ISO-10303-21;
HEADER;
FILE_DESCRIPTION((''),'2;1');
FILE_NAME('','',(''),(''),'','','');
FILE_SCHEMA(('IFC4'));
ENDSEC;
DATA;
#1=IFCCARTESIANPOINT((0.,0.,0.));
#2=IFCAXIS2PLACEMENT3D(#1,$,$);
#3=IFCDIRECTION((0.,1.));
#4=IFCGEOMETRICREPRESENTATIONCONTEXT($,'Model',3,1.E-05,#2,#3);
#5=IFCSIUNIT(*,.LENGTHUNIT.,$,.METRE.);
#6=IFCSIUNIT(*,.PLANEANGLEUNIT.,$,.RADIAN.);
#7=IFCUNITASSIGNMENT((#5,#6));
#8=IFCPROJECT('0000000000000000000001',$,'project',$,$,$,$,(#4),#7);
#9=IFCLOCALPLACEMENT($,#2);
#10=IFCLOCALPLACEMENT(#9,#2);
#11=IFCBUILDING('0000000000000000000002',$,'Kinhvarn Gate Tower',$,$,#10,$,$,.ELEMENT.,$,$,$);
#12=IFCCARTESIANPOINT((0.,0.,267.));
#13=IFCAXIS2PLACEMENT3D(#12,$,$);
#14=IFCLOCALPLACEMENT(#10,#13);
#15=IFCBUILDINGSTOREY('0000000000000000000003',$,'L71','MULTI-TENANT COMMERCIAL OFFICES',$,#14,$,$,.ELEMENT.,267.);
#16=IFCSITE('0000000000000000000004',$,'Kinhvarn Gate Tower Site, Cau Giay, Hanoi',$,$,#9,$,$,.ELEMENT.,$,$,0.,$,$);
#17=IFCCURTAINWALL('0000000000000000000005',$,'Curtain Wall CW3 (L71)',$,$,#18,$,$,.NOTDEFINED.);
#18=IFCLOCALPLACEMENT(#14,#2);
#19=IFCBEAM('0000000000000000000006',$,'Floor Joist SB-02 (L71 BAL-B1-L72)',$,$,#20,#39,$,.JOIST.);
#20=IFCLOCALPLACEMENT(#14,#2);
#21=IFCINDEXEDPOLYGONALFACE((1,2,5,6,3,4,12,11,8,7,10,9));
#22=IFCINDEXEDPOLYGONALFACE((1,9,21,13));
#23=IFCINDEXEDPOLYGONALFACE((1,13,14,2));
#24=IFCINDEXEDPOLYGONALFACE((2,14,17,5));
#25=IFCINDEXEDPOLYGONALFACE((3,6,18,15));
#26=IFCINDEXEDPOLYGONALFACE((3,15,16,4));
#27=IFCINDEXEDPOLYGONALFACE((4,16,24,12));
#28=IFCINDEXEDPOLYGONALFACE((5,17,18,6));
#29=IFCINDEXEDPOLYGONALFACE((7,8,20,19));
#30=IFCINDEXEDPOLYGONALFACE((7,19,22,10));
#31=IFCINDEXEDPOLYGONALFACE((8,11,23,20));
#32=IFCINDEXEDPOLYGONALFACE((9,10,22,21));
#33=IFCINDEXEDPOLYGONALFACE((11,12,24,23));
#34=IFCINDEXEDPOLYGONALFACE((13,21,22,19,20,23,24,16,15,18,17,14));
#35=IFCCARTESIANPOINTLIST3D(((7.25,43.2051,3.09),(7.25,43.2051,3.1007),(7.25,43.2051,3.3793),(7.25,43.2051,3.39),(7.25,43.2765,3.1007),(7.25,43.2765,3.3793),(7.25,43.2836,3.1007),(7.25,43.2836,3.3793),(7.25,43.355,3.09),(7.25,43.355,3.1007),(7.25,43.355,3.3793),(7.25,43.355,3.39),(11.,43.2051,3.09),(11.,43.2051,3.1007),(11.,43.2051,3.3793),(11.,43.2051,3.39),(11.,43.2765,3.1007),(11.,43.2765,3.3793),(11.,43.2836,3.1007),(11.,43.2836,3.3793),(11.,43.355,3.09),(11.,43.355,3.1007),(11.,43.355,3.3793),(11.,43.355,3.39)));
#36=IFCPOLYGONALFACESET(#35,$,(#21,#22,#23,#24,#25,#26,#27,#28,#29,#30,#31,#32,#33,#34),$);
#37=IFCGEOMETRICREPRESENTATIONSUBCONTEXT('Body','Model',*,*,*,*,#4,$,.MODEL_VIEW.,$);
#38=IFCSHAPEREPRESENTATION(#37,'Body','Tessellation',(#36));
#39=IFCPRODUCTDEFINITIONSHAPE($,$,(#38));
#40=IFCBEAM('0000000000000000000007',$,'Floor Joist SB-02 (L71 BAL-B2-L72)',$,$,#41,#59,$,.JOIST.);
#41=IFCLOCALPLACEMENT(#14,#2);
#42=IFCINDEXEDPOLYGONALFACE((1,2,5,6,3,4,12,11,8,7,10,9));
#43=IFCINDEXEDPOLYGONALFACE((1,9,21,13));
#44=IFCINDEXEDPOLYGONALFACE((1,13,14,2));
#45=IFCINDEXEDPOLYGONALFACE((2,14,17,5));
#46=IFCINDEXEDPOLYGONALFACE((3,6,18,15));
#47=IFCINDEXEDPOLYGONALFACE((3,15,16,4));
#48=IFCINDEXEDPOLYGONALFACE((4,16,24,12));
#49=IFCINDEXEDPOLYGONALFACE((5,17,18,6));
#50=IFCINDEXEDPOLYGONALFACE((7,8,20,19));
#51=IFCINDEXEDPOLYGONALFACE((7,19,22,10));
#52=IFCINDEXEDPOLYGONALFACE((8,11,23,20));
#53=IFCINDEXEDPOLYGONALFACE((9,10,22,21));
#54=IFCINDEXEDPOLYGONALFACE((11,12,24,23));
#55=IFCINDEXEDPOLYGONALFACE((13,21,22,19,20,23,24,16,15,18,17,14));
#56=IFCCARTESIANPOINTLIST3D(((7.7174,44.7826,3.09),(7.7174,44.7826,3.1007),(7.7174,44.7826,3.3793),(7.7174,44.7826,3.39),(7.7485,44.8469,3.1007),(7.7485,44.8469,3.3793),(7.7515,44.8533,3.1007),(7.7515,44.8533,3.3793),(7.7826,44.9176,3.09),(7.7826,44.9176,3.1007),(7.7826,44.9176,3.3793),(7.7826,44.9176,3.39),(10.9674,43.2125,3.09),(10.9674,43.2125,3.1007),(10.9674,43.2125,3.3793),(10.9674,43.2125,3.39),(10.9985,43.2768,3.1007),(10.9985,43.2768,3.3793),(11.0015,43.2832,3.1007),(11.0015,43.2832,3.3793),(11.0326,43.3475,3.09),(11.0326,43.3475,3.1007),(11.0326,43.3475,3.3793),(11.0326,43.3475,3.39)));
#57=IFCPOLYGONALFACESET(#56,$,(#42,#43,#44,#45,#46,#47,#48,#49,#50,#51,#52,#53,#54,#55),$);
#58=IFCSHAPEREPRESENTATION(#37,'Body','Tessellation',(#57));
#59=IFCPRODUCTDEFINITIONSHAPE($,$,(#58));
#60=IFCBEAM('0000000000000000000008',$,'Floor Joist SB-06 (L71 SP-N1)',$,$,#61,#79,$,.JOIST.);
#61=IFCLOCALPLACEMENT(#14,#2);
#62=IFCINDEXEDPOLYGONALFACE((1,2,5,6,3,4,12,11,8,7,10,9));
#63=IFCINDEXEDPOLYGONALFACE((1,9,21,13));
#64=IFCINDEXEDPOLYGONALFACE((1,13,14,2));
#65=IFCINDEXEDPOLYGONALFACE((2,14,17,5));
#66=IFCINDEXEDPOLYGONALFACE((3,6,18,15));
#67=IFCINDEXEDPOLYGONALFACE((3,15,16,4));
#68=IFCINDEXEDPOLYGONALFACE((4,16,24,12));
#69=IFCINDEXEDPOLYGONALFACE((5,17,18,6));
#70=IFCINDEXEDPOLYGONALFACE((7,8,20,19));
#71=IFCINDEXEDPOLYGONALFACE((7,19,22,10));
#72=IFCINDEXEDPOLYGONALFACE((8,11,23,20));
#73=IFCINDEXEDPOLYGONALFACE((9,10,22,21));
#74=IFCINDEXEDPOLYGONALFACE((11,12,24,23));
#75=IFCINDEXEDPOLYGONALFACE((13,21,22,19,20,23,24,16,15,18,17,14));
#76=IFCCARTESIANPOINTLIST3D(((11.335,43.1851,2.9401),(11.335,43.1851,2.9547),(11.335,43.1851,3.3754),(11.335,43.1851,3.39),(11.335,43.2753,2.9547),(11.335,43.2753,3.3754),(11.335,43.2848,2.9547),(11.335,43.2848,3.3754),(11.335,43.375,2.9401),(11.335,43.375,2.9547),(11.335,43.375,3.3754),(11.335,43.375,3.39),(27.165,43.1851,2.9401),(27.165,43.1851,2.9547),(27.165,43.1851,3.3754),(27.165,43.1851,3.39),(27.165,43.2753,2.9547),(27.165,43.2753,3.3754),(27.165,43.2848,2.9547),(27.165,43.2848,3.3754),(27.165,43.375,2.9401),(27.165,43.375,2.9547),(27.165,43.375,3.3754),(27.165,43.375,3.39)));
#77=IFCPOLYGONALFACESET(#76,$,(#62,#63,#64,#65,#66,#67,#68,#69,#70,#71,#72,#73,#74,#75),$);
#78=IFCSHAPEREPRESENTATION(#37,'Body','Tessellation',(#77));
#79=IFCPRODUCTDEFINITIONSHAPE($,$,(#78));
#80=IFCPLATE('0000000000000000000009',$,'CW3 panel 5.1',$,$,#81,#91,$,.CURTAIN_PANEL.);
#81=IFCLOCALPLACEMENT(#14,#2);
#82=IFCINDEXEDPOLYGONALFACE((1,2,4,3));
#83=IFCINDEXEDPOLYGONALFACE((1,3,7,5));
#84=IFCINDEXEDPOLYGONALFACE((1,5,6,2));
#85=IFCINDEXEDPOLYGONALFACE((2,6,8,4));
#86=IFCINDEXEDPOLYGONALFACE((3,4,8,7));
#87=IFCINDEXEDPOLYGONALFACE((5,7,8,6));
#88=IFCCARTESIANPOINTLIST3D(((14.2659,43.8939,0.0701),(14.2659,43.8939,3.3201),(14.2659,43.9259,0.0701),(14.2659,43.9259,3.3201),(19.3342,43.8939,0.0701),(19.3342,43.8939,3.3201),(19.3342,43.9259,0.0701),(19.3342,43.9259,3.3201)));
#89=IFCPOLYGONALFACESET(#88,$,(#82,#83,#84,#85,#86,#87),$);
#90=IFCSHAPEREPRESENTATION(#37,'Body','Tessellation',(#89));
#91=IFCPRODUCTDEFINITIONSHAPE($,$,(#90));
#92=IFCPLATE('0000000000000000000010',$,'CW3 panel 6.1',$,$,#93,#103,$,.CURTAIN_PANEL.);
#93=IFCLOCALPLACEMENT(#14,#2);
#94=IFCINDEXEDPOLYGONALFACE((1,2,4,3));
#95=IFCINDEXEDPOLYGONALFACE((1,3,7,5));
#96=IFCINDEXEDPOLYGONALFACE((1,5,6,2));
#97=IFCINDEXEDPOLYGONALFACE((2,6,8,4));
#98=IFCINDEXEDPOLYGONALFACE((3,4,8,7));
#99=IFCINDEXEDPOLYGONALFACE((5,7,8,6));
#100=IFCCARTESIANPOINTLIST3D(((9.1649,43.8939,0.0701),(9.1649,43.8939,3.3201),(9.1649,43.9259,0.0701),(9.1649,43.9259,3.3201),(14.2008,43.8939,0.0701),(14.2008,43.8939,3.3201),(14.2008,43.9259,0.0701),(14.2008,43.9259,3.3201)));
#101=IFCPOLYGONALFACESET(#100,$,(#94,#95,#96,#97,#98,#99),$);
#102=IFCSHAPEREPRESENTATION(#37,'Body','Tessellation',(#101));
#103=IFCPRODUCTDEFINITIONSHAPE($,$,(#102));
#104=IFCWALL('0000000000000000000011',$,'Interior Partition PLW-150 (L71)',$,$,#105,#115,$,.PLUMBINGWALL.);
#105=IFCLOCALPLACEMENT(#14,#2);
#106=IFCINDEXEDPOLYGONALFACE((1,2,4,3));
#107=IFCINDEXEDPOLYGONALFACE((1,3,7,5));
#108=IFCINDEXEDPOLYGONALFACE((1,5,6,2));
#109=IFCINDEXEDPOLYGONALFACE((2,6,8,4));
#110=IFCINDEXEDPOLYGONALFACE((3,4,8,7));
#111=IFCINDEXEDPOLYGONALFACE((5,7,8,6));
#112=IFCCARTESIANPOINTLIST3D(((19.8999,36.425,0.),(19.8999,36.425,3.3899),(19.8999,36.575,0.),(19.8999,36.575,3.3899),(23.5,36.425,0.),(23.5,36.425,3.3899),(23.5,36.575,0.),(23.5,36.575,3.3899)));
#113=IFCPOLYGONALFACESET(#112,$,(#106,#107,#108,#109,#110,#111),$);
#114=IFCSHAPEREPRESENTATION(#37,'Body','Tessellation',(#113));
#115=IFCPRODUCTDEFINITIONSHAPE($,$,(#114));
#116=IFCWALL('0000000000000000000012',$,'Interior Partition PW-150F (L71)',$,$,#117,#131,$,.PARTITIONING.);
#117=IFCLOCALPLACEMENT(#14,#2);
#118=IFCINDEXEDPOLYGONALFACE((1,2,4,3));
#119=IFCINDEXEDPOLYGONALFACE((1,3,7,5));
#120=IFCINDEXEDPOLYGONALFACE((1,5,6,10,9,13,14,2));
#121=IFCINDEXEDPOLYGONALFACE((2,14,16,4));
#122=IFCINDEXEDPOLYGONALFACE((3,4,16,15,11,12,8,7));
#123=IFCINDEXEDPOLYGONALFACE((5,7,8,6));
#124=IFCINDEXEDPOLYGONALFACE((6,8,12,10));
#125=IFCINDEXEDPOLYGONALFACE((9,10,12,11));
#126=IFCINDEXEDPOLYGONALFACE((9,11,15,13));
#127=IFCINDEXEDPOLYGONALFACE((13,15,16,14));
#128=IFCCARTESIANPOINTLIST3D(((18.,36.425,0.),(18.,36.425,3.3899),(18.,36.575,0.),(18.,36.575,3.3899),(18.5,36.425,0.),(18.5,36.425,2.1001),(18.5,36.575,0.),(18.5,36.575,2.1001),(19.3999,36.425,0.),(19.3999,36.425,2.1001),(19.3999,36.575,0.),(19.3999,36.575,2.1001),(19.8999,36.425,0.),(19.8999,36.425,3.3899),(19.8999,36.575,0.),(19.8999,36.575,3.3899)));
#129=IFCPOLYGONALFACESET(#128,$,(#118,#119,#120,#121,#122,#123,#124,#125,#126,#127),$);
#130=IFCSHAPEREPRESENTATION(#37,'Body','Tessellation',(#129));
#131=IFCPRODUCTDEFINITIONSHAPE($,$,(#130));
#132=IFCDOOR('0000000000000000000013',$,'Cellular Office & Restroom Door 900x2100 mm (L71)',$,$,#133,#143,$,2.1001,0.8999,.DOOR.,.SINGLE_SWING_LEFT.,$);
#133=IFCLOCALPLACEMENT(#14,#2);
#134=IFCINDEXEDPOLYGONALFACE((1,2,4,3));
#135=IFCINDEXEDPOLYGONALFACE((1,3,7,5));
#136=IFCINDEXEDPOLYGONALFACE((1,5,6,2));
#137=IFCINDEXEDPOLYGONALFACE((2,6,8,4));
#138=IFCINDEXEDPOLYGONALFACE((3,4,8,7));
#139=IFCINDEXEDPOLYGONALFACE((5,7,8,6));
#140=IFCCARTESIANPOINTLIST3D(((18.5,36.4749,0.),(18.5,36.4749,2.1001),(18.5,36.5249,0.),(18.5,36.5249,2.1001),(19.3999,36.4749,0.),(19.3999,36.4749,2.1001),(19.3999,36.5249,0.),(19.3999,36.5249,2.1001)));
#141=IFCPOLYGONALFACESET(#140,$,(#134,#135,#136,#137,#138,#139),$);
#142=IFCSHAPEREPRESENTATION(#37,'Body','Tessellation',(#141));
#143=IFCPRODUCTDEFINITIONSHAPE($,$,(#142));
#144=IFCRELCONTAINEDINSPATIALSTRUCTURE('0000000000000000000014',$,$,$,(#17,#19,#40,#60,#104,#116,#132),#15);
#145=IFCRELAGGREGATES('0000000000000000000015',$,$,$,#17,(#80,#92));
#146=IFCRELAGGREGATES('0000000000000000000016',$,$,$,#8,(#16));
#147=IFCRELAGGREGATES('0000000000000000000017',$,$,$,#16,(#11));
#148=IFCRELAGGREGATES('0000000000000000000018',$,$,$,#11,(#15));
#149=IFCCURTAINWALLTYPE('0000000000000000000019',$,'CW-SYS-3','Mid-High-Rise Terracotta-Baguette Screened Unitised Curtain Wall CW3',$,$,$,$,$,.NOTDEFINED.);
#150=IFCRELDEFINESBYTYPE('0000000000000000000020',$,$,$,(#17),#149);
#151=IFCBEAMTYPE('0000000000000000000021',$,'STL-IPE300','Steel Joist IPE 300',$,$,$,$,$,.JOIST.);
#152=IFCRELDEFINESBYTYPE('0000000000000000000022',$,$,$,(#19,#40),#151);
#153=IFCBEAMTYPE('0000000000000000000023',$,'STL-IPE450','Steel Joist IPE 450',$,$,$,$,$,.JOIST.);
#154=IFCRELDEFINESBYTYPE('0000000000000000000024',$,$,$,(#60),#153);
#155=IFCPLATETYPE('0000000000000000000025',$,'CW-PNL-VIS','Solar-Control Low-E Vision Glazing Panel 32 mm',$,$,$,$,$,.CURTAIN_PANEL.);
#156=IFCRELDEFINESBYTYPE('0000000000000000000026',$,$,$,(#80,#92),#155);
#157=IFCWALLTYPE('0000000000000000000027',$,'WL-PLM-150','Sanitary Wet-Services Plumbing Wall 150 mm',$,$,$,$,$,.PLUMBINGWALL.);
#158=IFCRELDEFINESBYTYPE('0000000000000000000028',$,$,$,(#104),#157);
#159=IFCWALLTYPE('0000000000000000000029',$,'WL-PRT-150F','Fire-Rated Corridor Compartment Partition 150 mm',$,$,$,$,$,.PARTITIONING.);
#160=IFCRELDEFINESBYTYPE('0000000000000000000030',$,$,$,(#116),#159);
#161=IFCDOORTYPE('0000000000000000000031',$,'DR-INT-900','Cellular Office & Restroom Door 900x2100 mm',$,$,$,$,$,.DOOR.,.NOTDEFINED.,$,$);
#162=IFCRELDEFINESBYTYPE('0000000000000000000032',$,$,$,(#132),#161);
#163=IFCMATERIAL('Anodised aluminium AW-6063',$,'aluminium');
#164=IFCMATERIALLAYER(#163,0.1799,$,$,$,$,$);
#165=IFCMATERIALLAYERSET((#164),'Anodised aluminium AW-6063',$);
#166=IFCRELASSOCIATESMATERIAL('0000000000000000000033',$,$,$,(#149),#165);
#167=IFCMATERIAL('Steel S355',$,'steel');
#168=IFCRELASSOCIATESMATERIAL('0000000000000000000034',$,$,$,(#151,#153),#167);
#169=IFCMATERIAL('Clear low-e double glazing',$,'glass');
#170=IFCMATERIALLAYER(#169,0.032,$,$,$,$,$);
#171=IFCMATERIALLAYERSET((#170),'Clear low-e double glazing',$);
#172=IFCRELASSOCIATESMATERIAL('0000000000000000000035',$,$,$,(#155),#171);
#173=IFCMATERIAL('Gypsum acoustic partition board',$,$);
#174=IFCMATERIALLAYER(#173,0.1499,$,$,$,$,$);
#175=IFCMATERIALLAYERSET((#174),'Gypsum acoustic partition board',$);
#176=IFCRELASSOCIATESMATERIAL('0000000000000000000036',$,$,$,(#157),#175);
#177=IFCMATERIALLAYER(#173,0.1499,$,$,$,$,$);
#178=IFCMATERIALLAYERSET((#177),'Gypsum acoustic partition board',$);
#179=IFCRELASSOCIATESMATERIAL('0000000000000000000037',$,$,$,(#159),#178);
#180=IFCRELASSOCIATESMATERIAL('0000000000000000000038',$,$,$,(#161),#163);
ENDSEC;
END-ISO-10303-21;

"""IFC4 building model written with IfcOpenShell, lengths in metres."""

from ifc_helpers import new_model, si_unit, direction, frame, frame_2d, origin, origin_2d, place, context, subcontext, project, spatial, rectangle, i_section, extrude, material, layer, layer_set, material_profile, profile_set, type_object, element, fill, aggregate, save


model = new_model("IFC4")

# Units and contexts
model_context = context("Model", 3, precision=1e-05, world=origin(), true_north=direction((0.0, 1.0)))
body_context = subcontext(model_context, "Body", "Model", "MODEL_VIEW")
ifc_project = project(units=[si_unit("LENGTHUNIT", "METRE"), si_unit("PLANEANGLEUNIT", "RADIAN")], contexts=[model_context])

# Site, building, storey
site_placement = place(None, origin())
site = spatial("IfcSite", under=ifc_project, at=site_placement, Name="Kinhvarn Gate Tower Site, Cau Giay, Hanoi", CompositionType="ELEMENT", RefElevation=0.0)
building_placement = place(site_placement, origin())
building = spatial("IfcBuilding", under=site, at=building_placement, Name="Kinhvarn Gate Tower", CompositionType="ELEMENT")
storey_placement = place(building_placement, frame((0.0, 0.0, 267.0)))
storey = spatial("IfcBuildingStorey", under=building, at=storey_placement, Name="L71", Description="MULTI-TENANT COMMERCIAL OFFICES", CompositionType="ELEMENT", Elevation=267.0)

# Curtain wall
ifc_material_1 = material(Name="Anodised aluminium AW-6063", Category="aluminium")
ifc_layer_1 = layer(ifc_material_1, 0.1799)
ifc_layer_set_1 = layer_set([ifc_layer_1], Name="Anodised aluminium AW-6063")
curtain_wall_type = type_object("IfcCurtainWallType", Name="CW-SYS-3", Description="Mid-High-Rise Terracotta-Baguette Screened Unitised Curtain Wall CW3", PredefinedType="NOTDEFINED", material=ifc_layer_set_1)
curtain_wall_placement = place(storey_placement, origin())
curtain_wall = element("IfcCurtainWall", 1, at=curtain_wall_placement, inside=storey, type_object=curtain_wall_type, Name="Curtain Wall CW3 (L71)", PredefinedType="NOTDEFINED")

# Beams
ifc_material_2 = material(Name="Steel S355", Category="steel")
ifc_material_profile_1 = material_profile(ifc_material_2, i_section(OverallWidth=0.1499, OverallDepth=0.3, WebThickness=0.0071, FlangeThickness=0.0107, at=origin_2d()), Name="IPE 300")
ifc_profile_set_1 = profile_set([ifc_material_profile_1], Name="Steel S355")
beam_type_1 = type_object("IfcBeamType", Name="STL-IPE300", Description="Steel Joist IPE 300", PredefinedType="JOIST", material=ifc_profile_set_1)
beam_1_placement = place(storey_placement, frame((11.0, 43.28, 3.24), z_axis=(-1.0, 0.0, 0.0), x_axis=(0.0, -1.0, 0.0)))
element("IfcBeam", 2, at=beam_1_placement, inside=storey, type_object=beam_type_1, Name="Floor Joist SB-02 (L71 BAL-B1-L72)", PredefinedType="JOIST", context=body_context, shape_type="SweptSolid", body=[
    extrude(i_section(OverallWidth=0.1499, OverallDepth=0.3, WebThickness=0.0071, FlangeThickness=0.0107, at=origin_2d()), origin(), (0.0, 0.0, 1.0), 3.75),
])
beam_2_placement = place(storey_placement, frame((11.0, 43.28, 3.24), z_axis=(-0.900432, 0.434997, 0.0), x_axis=(-0.434997, -0.900432, 0.0)))
element("IfcBeam", 3, at=beam_2_placement, inside=storey, type_object=beam_type_1, Name="Floor Joist SB-02 (L71 BAL-B2-L72)", PredefinedType="JOIST", context=body_context, shape_type="SweptSolid", body=[
    extrude(i_section(OverallWidth=0.1499, OverallDepth=0.3, WebThickness=0.0071, FlangeThickness=0.0107, at=origin_2d()), origin(), (0.0, 0.0, 1.0), 3.6094),
])
ifc_material_profile_2 = material_profile(ifc_material_2, i_section(OverallWidth=0.1899, OverallDepth=0.45, WebThickness=0.0095, FlangeThickness=0.0146, at=origin_2d()), Name="IPE 450")
ifc_profile_set_2 = profile_set([ifc_material_profile_2], Name="Steel S355")
beam_type_2 = type_object("IfcBeamType", Name="STL-IPE450", Description="Steel Joist IPE 450", PredefinedType="JOIST", material=ifc_profile_set_2)
beam_3_placement = place(storey_placement, frame((11.335, 43.28, 3.165), z_axis=(1.0, 0.0, 0.0), x_axis=(0.0, 1.0, 0.0)))
element("IfcBeam", 4, at=beam_3_placement, inside=storey, type_object=beam_type_2, Name="Floor Joist SB-06 (L71 SP-N1)", PredefinedType="JOIST", context=body_context, shape_type="SweptSolid", body=[
    extrude(i_section(OverallWidth=0.1899, OverallDepth=0.45, WebThickness=0.0095, FlangeThickness=0.0146, at=origin_2d()), origin(), (0.0, 0.0, 1.0), 15.8301),
])

# Plates
ifc_material_3 = material(Name="Clear low-e double glazing", Category="glass")
ifc_layer_2 = layer(ifc_material_3, 0.032)
ifc_layer_set_2 = layer_set([ifc_layer_2], Name="Clear low-e double glazing")
plate_type = type_object("IfcPlateType", Name="CW-PNL-VIS", Description="Solar-Control Low-E Vision Glazing Panel 32 mm", PredefinedType="CURTAIN_PANEL", material=ifc_layer_set_2)
plate_1_placement = place(storey_placement, frame((16.8, 43.9099, 0.0701), z_axis=(0.0, 0.0, 1.0), x_axis=(-1.0, 0.0, 0.0)))
plate_1 = element("IfcPlate", 5, at=plate_1_placement, type_object=plate_type, Name="CW3 panel 5.1", PredefinedType="CURTAIN_PANEL", context=body_context, shape_type="SweptSolid", body=[
    extrude(rectangle(XDim=5.0684, YDim=0.032, at=origin_2d()), origin(), (0.0, 0.0, 1.0), 3.25),
])
plate_2_placement = place(storey_placement, frame((11.6829, 43.9099, 0.0701), z_axis=(0.0, 0.0, 1.0), x_axis=(-1.0, 0.0, 0.0)))
plate_2 = element("IfcPlate", 6, at=plate_2_placement, type_object=plate_type, Name="CW3 panel 6.1", PredefinedType="CURTAIN_PANEL", context=body_context, shape_type="SweptSolid", body=[
    extrude(rectangle(XDim=5.0359, YDim=0.032, at=origin_2d()), origin(), (0.0, 0.0, 1.0), 3.25),
])
aggregate(curtain_wall, [plate_1, plate_2])

# Wall
ifc_material_4 = material(Name="Gypsum acoustic partition board")
ifc_layer_3 = layer(ifc_material_4, 0.1499)
ifc_layer_set_3 = layer_set([ifc_layer_3], Name="Gypsum acoustic partition board")
wall_type_1 = type_object("IfcWallType", Name="WL-PLM-150", Description="Sanitary Wet-Services Plumbing Wall 150 mm", PredefinedType="PLUMBINGWALL", material=ifc_layer_set_3)
wall_1_placement = place(storey_placement, frame((19.8999, 36.5, 0.0), z_axis=(0.0, 0.0, 1.0), x_axis=(1.0, 0.0, 0.0)))
element("IfcWall", 7, at=wall_1_placement, inside=storey, type_object=wall_type_1, Name="Interior Partition PLW-150 (L71)", PredefinedType="PLUMBINGWALL", context=body_context, shape_type="SweptSolid", body=[
    extrude(rectangle(XDim=3.6001, YDim=0.1499, at=frame_2d((1.8, 0.0))), origin(), (0.0, 0.0, 1.0), 3.3899),
])

# Wall, opening, door
ifc_layer_4 = layer(ifc_material_4, 0.1499)
ifc_layer_set_4 = layer_set([ifc_layer_4], Name="Gypsum acoustic partition board")
wall_type_2 = type_object("IfcWallType", Name="WL-PRT-150F", Description="Fire-Rated Corridor Compartment Partition 150 mm", PredefinedType="PARTITIONING", material=ifc_layer_set_4)
wall_2_placement = place(storey_placement, frame((18.0, 36.5, 0.0), z_axis=(0.0, 0.0, 1.0), x_axis=(1.0, 0.0, 0.0)))
wall_2 = element("IfcWall", 8, at=wall_2_placement, inside=storey, type_object=wall_type_2, Name="Interior Partition PW-150F (L71)", PredefinedType="PARTITIONING", context=body_context, shape_type="SweptSolid", body=[
    extrude(rectangle(XDim=1.8999, YDim=0.1499, at=frame_2d((0.95, 0.0))), origin(), (0.0, 0.0, 1.0), 3.3899),
])
opening_placement = place(wall_2_placement, frame((0.5, 0.0, 0.0)))
opening = element("IfcOpeningElement", 9, at=opening_placement, cuts=wall_2, PredefinedType="OPENING", context=body_context, shape_type="SweptSolid", body=[
    extrude(rectangle(XDim=0.8999, YDim=2.1001, at=frame_2d((0.45, 1.05))), frame((0.0, 0.085, 0.0), z_axis=(0.0, -1.0, 0.0), x_axis=(1.0, 0.0, 0.0)), (0.0, 0.0, 1.0), 0.1699),
])
door_type = type_object("IfcDoorType", Name="DR-INT-900", Description="Cellular Office & Restroom Door 900x2100 mm", OperationType="NOTDEFINED", PredefinedType="DOOR", material=ifc_material_1)
door_placement = place(opening_placement, origin())
door = element("IfcDoor", 10, at=door_placement, inside=storey, type_object=door_type, Name="Cellular Office & Restroom Door 900x2100 mm (L71)", OperationType="SINGLE_SWING_LEFT", OverallHeight=2.1001, OverallWidth=0.8999, PredefinedType="DOOR", context=body_context, shape_type="SweptSolid", body=[
    extrude(rectangle(XDim=0.8999, YDim=2.1001, at=frame_2d((0.45, 1.05))), frame((0.0, 0.0249, 0.0), z_axis=(0.0, -1.0, 0.0), x_axis=(1.0, 0.0, 0.0)), (0.0, 0.0, 1.0), 0.05),
])
fill(opening, door)

save(model, "model.ifc")
